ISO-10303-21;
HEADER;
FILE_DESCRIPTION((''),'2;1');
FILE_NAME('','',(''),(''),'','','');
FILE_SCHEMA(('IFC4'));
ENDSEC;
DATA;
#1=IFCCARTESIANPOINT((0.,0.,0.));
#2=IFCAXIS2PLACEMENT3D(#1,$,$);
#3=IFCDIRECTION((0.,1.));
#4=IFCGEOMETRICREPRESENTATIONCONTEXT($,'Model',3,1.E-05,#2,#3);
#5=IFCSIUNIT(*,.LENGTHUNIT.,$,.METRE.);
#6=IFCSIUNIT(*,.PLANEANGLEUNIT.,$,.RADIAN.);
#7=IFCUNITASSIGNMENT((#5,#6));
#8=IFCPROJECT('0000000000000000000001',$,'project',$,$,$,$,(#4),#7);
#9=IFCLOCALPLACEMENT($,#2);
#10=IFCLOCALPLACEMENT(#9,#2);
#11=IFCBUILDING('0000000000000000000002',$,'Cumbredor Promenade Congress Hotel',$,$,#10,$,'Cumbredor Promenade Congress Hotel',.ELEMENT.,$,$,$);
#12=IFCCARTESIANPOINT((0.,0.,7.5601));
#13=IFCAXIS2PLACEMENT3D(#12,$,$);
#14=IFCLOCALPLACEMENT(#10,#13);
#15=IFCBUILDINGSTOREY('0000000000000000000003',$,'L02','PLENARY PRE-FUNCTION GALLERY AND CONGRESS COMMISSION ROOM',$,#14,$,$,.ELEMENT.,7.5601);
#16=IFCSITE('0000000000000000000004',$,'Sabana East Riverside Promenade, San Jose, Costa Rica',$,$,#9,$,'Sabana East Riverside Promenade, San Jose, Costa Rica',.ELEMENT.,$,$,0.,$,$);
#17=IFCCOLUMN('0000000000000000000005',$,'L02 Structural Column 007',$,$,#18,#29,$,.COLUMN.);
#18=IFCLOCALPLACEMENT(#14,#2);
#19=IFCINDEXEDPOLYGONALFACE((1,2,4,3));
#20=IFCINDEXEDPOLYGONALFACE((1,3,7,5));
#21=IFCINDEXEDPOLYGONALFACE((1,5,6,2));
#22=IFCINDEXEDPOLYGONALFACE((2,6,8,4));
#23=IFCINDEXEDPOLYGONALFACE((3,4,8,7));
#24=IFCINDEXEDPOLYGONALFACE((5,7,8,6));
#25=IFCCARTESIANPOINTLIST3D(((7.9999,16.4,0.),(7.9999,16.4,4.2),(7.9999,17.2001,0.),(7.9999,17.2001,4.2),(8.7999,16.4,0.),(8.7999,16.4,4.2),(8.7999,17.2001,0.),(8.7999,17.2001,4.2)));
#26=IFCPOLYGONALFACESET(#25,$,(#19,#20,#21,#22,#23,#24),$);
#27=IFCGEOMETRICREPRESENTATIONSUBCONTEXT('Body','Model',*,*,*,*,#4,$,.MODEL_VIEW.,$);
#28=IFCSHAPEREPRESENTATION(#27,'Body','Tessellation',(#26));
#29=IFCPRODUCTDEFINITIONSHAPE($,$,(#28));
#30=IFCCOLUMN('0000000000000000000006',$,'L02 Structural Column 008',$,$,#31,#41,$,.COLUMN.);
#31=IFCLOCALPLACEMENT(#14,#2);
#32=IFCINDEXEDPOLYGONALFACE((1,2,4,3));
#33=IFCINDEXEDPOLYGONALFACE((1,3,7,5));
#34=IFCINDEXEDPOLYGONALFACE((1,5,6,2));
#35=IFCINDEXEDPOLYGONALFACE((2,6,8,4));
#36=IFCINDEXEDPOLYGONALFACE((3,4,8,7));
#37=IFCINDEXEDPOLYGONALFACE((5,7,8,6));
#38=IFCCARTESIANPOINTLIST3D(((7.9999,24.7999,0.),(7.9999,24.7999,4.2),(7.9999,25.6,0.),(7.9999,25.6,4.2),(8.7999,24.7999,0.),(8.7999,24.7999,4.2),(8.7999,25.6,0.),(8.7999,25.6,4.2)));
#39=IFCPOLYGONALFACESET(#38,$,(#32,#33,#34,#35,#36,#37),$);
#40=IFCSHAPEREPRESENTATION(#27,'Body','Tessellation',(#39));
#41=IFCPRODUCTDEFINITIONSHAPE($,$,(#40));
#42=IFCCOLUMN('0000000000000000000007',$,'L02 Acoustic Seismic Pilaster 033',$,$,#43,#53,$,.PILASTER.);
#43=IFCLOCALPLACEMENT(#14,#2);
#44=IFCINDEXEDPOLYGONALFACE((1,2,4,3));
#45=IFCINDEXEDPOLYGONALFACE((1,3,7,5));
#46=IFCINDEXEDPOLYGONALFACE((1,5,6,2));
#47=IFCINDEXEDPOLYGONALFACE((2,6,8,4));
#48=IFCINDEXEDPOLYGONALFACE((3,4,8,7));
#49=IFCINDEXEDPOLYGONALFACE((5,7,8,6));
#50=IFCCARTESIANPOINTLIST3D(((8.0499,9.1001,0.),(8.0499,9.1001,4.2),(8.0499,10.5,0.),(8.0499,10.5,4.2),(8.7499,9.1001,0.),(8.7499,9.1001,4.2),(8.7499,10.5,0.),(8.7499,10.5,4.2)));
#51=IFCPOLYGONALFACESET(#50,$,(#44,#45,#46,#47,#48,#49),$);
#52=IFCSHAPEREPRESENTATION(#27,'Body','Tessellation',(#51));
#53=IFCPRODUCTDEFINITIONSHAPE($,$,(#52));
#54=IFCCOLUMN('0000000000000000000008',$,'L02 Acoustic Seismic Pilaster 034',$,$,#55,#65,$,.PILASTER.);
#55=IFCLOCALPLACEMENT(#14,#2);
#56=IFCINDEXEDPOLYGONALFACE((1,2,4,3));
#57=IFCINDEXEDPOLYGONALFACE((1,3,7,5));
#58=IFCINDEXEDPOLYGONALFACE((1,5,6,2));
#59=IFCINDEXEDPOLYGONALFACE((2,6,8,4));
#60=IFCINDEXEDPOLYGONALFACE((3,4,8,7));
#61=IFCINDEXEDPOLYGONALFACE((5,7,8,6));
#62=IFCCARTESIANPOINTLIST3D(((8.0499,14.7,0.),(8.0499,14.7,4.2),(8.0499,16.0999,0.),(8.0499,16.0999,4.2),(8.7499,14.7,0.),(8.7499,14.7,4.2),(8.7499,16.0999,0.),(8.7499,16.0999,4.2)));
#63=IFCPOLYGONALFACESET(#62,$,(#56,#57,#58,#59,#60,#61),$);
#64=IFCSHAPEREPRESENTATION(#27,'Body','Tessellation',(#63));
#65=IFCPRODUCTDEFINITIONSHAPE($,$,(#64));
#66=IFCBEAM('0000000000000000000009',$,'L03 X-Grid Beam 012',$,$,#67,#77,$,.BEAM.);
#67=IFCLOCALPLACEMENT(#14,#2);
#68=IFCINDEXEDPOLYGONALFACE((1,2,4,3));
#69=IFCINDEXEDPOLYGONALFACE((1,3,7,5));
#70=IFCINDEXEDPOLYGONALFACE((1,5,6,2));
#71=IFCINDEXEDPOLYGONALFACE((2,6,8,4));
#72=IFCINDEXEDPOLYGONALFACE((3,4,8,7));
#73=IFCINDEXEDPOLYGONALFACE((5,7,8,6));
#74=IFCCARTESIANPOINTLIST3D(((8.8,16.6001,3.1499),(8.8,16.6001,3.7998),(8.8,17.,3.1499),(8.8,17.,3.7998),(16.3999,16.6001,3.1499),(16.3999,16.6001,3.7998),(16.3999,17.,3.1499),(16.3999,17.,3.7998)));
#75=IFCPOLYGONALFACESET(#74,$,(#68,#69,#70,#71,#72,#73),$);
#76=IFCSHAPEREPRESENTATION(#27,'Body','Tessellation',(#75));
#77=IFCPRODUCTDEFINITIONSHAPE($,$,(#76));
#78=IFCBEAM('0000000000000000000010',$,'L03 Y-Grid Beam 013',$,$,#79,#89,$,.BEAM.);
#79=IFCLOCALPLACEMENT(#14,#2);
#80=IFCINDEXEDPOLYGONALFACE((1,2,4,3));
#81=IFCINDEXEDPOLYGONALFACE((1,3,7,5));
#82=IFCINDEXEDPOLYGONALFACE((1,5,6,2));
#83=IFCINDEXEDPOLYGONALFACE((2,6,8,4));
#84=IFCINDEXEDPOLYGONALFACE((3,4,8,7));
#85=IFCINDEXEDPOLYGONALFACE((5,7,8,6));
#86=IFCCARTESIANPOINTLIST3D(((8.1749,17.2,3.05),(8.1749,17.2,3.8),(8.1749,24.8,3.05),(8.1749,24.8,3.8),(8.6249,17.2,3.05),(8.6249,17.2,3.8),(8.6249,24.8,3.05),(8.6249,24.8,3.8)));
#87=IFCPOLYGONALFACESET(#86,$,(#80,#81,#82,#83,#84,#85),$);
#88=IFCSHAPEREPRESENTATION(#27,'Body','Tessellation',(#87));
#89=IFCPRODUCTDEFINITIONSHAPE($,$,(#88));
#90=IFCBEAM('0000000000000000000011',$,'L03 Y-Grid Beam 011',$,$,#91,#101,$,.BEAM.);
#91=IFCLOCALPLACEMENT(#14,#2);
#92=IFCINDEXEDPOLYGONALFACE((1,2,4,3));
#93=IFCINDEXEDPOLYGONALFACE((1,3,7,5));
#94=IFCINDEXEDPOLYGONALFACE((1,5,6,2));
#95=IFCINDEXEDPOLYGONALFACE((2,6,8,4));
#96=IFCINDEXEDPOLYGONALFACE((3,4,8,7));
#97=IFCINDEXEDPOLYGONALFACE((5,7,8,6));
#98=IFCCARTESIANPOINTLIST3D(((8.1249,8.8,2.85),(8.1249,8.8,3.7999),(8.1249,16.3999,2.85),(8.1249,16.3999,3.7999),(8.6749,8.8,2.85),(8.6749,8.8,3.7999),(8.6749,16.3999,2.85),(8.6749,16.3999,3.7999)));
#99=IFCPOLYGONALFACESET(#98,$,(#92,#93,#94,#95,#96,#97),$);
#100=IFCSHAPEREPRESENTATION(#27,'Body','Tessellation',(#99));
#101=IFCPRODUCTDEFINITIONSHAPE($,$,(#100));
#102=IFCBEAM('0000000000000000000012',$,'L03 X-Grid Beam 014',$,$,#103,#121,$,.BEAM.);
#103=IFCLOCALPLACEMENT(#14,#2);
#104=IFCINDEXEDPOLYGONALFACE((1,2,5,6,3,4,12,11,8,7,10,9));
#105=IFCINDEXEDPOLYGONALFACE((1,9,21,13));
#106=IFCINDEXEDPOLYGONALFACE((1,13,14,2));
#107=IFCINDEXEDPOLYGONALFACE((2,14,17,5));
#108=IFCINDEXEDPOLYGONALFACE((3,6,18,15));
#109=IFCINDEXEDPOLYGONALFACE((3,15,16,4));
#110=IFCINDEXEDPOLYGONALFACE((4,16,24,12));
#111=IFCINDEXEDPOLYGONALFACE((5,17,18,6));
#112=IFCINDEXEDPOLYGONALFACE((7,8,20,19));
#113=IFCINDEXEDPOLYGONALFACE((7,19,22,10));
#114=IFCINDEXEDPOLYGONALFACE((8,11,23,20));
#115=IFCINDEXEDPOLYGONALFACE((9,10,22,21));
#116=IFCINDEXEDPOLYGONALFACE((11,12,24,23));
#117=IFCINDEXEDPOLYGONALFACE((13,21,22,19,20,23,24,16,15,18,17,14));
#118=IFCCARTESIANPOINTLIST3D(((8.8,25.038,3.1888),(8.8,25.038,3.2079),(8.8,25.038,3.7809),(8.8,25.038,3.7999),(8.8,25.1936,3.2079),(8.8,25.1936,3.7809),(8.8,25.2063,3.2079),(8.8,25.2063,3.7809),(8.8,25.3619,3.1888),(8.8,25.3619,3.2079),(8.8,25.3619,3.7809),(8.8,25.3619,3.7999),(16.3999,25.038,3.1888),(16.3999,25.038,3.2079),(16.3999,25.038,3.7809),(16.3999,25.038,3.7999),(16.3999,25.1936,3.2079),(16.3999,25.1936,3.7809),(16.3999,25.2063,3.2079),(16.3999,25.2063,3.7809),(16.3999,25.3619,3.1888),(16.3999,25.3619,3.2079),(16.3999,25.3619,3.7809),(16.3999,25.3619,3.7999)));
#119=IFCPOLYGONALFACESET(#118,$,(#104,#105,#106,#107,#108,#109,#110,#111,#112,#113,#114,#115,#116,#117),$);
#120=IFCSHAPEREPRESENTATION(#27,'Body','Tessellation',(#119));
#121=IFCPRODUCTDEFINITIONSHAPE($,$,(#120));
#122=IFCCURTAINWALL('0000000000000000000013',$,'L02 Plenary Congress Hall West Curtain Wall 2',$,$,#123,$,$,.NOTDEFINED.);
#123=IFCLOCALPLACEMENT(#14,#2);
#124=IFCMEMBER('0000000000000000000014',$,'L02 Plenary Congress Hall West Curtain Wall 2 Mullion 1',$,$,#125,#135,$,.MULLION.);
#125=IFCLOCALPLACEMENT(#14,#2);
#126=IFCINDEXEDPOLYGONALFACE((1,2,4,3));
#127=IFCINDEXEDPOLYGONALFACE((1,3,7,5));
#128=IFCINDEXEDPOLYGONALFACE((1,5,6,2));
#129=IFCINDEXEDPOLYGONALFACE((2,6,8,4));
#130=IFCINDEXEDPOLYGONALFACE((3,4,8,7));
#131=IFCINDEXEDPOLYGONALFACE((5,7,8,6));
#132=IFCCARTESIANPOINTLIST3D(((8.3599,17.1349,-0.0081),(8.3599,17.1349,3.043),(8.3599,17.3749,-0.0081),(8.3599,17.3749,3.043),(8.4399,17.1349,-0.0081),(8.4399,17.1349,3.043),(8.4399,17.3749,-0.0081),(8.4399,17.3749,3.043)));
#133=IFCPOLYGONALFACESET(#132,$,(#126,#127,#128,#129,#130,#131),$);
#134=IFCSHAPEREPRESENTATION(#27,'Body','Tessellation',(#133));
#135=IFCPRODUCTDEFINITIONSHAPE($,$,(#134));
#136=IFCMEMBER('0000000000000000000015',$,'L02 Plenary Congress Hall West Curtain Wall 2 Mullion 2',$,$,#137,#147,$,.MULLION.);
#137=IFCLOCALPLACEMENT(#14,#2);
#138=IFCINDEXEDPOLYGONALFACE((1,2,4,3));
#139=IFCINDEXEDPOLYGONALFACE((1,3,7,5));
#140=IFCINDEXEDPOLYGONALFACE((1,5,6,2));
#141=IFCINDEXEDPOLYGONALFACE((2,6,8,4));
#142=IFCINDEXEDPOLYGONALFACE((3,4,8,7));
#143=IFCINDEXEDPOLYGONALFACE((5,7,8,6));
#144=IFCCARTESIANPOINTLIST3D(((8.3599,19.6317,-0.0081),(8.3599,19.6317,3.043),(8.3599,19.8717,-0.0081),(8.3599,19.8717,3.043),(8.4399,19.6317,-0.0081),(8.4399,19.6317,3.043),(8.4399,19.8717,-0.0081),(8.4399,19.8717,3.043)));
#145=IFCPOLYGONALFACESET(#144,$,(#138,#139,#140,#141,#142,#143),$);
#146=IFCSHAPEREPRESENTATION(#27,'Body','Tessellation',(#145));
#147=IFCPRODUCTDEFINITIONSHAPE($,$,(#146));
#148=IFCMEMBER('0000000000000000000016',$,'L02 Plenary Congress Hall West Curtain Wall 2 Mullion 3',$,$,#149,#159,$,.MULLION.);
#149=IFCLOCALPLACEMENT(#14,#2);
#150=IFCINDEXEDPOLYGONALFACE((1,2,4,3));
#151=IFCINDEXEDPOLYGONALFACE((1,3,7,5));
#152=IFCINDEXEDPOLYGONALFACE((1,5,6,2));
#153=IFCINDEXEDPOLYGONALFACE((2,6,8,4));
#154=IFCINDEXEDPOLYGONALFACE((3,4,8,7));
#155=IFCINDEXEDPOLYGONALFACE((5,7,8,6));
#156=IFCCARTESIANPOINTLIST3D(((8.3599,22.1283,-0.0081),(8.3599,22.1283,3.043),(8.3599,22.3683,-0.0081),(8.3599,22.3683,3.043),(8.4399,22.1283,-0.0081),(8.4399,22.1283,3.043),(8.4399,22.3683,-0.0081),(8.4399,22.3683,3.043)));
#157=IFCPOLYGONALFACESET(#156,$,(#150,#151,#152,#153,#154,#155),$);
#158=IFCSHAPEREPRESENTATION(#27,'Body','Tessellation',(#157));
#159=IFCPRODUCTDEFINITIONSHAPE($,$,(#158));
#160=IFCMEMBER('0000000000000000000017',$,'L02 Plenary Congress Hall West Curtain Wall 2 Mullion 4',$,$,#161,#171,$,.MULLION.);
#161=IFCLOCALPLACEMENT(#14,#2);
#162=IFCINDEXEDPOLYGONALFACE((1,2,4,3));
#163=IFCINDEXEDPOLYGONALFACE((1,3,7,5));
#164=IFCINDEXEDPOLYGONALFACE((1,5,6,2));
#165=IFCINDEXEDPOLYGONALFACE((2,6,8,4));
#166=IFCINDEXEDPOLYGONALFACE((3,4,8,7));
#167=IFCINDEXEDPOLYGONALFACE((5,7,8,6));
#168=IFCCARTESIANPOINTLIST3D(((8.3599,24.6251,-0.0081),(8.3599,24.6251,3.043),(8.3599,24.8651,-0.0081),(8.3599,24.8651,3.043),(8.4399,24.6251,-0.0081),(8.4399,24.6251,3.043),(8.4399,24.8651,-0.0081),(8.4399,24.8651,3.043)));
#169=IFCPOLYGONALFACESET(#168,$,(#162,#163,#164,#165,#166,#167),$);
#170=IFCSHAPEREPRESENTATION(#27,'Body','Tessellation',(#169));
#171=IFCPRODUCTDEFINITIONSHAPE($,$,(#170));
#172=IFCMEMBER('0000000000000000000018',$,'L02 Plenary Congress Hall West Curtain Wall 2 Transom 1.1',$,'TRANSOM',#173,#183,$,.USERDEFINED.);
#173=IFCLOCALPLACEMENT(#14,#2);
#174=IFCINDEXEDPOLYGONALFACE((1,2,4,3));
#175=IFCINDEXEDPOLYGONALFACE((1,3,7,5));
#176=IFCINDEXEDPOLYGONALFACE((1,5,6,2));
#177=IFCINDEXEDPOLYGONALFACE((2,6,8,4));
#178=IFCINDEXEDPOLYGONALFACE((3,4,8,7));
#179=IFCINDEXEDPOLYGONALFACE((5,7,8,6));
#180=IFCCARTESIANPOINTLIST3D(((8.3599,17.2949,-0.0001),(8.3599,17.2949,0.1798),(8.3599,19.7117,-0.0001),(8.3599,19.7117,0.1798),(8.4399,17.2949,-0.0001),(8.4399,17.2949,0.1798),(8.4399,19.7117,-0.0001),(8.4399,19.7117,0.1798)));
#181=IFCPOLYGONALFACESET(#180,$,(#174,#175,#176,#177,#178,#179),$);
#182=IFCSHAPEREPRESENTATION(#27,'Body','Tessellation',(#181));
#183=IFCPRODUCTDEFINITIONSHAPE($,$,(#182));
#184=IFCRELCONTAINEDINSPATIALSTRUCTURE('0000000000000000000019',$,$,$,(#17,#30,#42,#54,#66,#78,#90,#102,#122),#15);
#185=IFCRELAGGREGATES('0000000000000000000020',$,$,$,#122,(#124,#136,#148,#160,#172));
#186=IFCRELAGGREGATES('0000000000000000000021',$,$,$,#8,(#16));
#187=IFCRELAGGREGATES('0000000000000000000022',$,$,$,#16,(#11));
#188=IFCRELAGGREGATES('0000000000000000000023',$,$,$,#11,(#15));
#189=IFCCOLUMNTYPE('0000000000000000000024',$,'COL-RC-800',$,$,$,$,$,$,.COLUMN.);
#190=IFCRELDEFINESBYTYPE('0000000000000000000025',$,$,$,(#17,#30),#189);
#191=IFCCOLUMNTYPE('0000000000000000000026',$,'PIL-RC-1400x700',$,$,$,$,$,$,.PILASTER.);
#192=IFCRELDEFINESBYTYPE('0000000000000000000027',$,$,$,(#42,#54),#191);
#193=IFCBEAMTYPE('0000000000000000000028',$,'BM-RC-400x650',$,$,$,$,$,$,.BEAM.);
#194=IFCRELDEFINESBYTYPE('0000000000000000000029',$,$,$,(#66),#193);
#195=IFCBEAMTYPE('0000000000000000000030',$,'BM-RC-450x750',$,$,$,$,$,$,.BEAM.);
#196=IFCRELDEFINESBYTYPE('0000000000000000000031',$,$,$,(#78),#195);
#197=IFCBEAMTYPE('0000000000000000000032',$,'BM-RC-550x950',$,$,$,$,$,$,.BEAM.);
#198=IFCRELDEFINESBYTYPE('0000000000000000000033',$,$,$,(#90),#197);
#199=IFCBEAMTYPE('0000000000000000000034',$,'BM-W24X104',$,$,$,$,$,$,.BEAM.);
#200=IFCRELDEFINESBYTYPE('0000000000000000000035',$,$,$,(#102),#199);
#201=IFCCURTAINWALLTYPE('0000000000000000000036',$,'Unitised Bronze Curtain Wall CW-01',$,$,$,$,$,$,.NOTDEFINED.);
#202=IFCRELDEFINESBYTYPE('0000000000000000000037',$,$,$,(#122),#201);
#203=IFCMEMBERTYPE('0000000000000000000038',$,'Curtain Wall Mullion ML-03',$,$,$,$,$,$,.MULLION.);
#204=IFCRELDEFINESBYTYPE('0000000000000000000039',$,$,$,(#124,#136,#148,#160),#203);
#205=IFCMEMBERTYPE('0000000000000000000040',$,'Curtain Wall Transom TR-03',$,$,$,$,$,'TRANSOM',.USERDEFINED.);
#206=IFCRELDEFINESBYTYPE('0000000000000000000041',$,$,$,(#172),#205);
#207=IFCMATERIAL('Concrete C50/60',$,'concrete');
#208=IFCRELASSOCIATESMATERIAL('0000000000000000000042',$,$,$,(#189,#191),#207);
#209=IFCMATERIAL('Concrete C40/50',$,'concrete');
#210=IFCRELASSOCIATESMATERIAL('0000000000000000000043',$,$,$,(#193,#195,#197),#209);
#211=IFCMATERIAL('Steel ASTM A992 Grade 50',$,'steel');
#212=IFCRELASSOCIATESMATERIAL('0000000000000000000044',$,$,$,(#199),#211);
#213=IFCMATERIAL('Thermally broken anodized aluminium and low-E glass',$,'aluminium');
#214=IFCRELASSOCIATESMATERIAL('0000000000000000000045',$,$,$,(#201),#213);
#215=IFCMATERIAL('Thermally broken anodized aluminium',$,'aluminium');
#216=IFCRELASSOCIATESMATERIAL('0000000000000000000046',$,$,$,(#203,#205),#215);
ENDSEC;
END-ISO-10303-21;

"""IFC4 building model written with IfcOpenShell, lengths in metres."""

from ifc_helpers import new_model, si_unit, direction, frame, origin, origin_2d, place, context, subcontext, project, spatial, rectangle, i_section, extrude, material, material_profile, profile_set, type_object, element, aggregate, save


model = new_model("IFC4")

# Units and contexts
model_context = context("Model", 3, precision=1e-05, world=origin(), true_north=direction((0.0, 1.0)))
body_context = subcontext(model_context, "Body", "Model", "MODEL_VIEW")
ifc_project = project(units=[si_unit("LENGTHUNIT", "METRE"), si_unit("PLANEANGLEUNIT", "RADIAN")], contexts=[model_context])

# Site, building, storey
site_placement = place(None, origin())
site = spatial("IfcSite", under=ifc_project, at=site_placement, Name="Sabana East Riverside Promenade, San Jose, Costa Rica", LongName="Sabana East Riverside Promenade, San Jose, Costa Rica", CompositionType="ELEMENT", RefElevation=0.0)
building_placement = place(site_placement, origin())
building = spatial("IfcBuilding", under=site, at=building_placement, Name="Cumbredor Promenade Congress Hotel", LongName="Cumbredor Promenade Congress Hotel", CompositionType="ELEMENT")
storey_placement = place(building_placement, frame((0.0, 0.0, 7.5601)))
storey = spatial("IfcBuildingStorey", under=building, at=storey_placement, Name="L02", Description="PLENARY PRE-FUNCTION GALLERY AND CONGRESS COMMISSION ROOM", CompositionType="ELEMENT", Elevation=7.5601)

# Columns
ifc_material_1 = material(Name="Concrete C50/60", Category="concrete")
ifc_material_profile_1 = material_profile(ifc_material_1, rectangle(XDim=0.8, YDim=0.8, at=origin_2d()), Name="RC 800x800")
ifc_profile_set_1 = profile_set([ifc_material_profile_1], Name="Concrete C50/60")
column_type_1 = type_object("IfcColumnType", Name="COL-RC-800", PredefinedType="COLUMN", material=ifc_profile_set_1)
for number, where, z_axis, x_axis, name in (
    (1, (8.3999, 16.8, 0.0), (0.0, 0.0, 1.0), (1.0, 0.0, 0.0), "L02 Structural Column 007"),
    (2, (8.3999, 25.2, 0.0), (0.0, 0.0, 1.0), (1.0, 0.0, 0.0), "L02 Structural Column 008"),
):
    element("IfcColumn", number, at=place(storey_placement, frame(where, z_axis=z_axis, x_axis=x_axis)), inside=storey, type_object=column_type_1, Name=name, PredefinedType="COLUMN", context=body_context, shape_type="SweptSolid", body=[
        extrude(rectangle(XDim=0.8, YDim=0.8, at=origin_2d()), origin(), (0.0, 0.0, 1.0), 4.2),
    ])
ifc_material_profile_2 = material_profile(ifc_material_1, rectangle(XDim=0.7, YDim=1.3999, at=origin_2d()), Name="RC PILASTER 1400x700")
ifc_profile_set_2 = profile_set([ifc_material_profile_2], Name="Concrete C50/60")
column_type_2 = type_object("IfcColumnType", Name="PIL-RC-1400x700", PredefinedType="PILASTER", material=ifc_profile_set_2)
for number, where, z_axis, x_axis, name in (
    (3, (8.3999, 9.8, 0.0), (0.0, 0.0, 1.0), (1.0, 0.0, 0.0), "L02 Acoustic Seismic Pilaster 033"),
    (4, (8.3999, 15.3999, 0.0), (0.0, 0.0, 1.0), (1.0, 0.0, 0.0), "L02 Acoustic Seismic Pilaster 034"),
):
    element("IfcColumn", number, at=place(storey_placement, frame(where, z_axis=z_axis, x_axis=x_axis)), inside=storey, type_object=column_type_2, Name=name, PredefinedType="PILASTER", context=body_context, shape_type="SweptSolid", body=[
        extrude(rectangle(XDim=0.7, YDim=1.3999, at=origin_2d()), origin(), (0.0, 0.0, 1.0), 4.2),
    ])

# Beams
ifc_material_2 = material(Name="Concrete C40/50", Category="concrete")
ifc_material_profile_3 = material_profile(ifc_material_2, rectangle(XDim=0.3999, YDim=0.6499, at=origin_2d()), Name="RC BEAM 400x650")
ifc_profile_set_3 = profile_set([ifc_material_profile_3], Name="Concrete C40/50")
beam_type_1 = type_object("IfcBeamType", Name="BM-RC-400x650", PredefinedType="BEAM", material=ifc_profile_set_3)
beam_1_placement = place(storey_placement, frame((8.8, 16.8, 3.4749), z_axis=(1.0, 0.0, 0.0), x_axis=(0.0, 1.0, 0.0)))
element("IfcBeam", 5, at=beam_1_placement, inside=storey, type_object=beam_type_1, Name="L03 X-Grid Beam 012", PredefinedType="BEAM", context=body_context, shape_type="SweptSolid", body=[
    extrude(rectangle(XDim=0.3999, YDim=0.6499, at=origin_2d()), origin(), (0.0, 0.0, 1.0), 7.5999),
])
ifc_material_profile_4 = material_profile(ifc_material_2, rectangle(XDim=0.45, YDim=0.75, at=origin_2d()), Name="RC BEAM 450x750")
ifc_profile_set_4 = profile_set([ifc_material_profile_4], Name="Concrete C40/50")
beam_type_2 = type_object("IfcBeamType", Name="BM-RC-450x750", PredefinedType="BEAM", material=ifc_profile_set_4)
beam_2_placement = place(storey_placement, frame((8.3999, 17.2, 3.425), z_axis=(0.0, 1.0, 0.0), x_axis=(-1.0, 0.0, 0.0)))
element("IfcBeam", 6, at=beam_2_placement, inside=storey, type_object=beam_type_2, Name="L03 Y-Grid Beam 013", PredefinedType="BEAM", context=body_context, shape_type="SweptSolid", body=[
    extrude(rectangle(XDim=0.45, YDim=0.75, at=origin_2d()), origin(), (0.0, 0.0, 1.0), 7.6001),
])
ifc_material_profile_5 = material_profile(ifc_material_2, rectangle(XDim=0.55, YDim=0.95, at=origin_2d()), Name="RC BEAM 550x950")
ifc_profile_set_5 = profile_set([ifc_material_profile_5], Name="Concrete C40/50")
beam_type_3 = type_object("IfcBeamType", Name="BM-RC-550x950", PredefinedType="BEAM", material=ifc_profile_set_5)
beam_3_placement = place(storey_placement, frame((8.3999, 8.8, 3.325), z_axis=(0.0, 1.0, 0.0), x_axis=(-1.0, 0.0, 0.0)))
element("IfcBeam", 7, at=beam_3_placement, inside=storey, type_object=beam_type_3, Name="L03 Y-Grid Beam 011", PredefinedType="BEAM", context=body_context, shape_type="SweptSolid", body=[
    extrude(rectangle(XDim=0.55, YDim=0.95, at=origin_2d()), origin(), (0.0, 0.0, 1.0), 7.5999),
])
ifc_material_3 = material(Name="Steel ASTM A992 Grade 50", Category="steel")
ifc_material_profile_6 = material_profile(ifc_material_3, i_section(OverallWidth=0.324, OverallDepth=0.6111, WebThickness=0.0127, FlangeThickness=0.019, at=origin_2d()), Name="W24X104")
ifc_profile_set_6 = profile_set([ifc_material_profile_6], Name="Steel ASTM A992 Grade 50")
beam_type_4 = type_object("IfcBeamType", Name="BM-W24X104", PredefinedType="BEAM", material=ifc_profile_set_6)
beam_4_placement = place(storey_placement, frame((8.8, 25.2, 3.4944), z_axis=(1.0, 0.0, 0.0), x_axis=(0.0, 1.0, 0.0)))
element("IfcBeam", 8, at=beam_4_placement, inside=storey, type_object=beam_type_4, Name="L03 X-Grid Beam 014", PredefinedType="BEAM", context=body_context, shape_type="SweptSolid", body=[
    extrude(i_section(OverallWidth=0.324, OverallDepth=0.6111, WebThickness=0.0127, FlangeThickness=0.019, at=origin_2d()), origin(), (0.0, 0.0, 1.0), 7.5999),
])

# Curtain wall, members
ifc_material_4 = material(Name="Thermally broken anodized aluminium and low-E glass", Category="aluminium")
curtain_wall_type = type_object("IfcCurtainWallType", Name="Unitised Bronze Curtain Wall CW-01", PredefinedType="NOTDEFINED", material=ifc_material_4)
curtain_wall_placement = place(storey_placement, origin())
curtain_wall = element("IfcCurtainWall", 9, at=curtain_wall_placement, inside=storey, type_object=curtain_wall_type, Name="L02 Plenary Congress Hall West Curtain Wall 2", PredefinedType="NOTDEFINED")
ifc_material_5 = material(Name="Thermally broken anodized aluminium", Category="aluminium")
ifc_material_profile_7 = material_profile(ifc_material_5, rectangle(XDim=0.0801, YDim=0.24, at=origin_2d()), Name="ALU MULLION 80x240")
ifc_profile_set_7 = profile_set([ifc_material_profile_7], Name="Thermally broken anodized aluminium")
member_type_1 = type_object("IfcMemberType", Name="Curtain Wall Mullion ML-03", PredefinedType="MULLION", material=ifc_profile_set_7)
member_1_placement = place(storey_placement, frame((8.3999, 17.2549, -0.0081), z_axis=(0.0, 0.0, 1.0), x_axis=(1.0, 0.0, 0.0)))
member_1 = element("IfcMember", 10, at=member_1_placement, type_object=member_type_1, Name="L02 Plenary Congress Hall West Curtain Wall 2 Mullion 1", PredefinedType="MULLION", context=body_context, shape_type="SweptSolid", body=[
    extrude(rectangle(XDim=0.0801, YDim=0.24, at=origin_2d()), origin(), (0.0, 0.0, 1.0), 3.051),
])
member_2_placement = place(storey_placement, frame((8.3999, 19.7517, -0.0081), z_axis=(0.0, 0.0, 1.0), x_axis=(1.0, 0.0, 0.0)))
member_2 = element("IfcMember", 11, at=member_2_placement, type_object=member_type_1, Name="L02 Plenary Congress Hall West Curtain Wall 2 Mullion 2", PredefinedType="MULLION", context=body_context, shape_type="SweptSolid", body=[
    extrude(rectangle(XDim=0.0801, YDim=0.24, at=origin_2d()), origin(), (0.0, 0.0, 1.0), 3.051),
])
member_3_placement = place(storey_placement, frame((8.3999, 22.2483, -0.0081), z_axis=(0.0, 0.0, 1.0), x_axis=(1.0, 0.0, 0.0)))
member_3 = element("IfcMember", 12, at=member_3_placement, type_object=member_type_1, Name="L02 Plenary Congress Hall West Curtain Wall 2 Mullion 3", PredefinedType="MULLION", context=body_context, shape_type="SweptSolid", body=[
    extrude(rectangle(XDim=0.0801, YDim=0.24, at=origin_2d()), origin(), (0.0, 0.0, 1.0), 3.051),
])
member_4_placement = place(storey_placement, frame((8.3999, 24.7451, -0.0081), z_axis=(0.0, 0.0, 1.0), x_axis=(1.0, 0.0, 0.0)))
member_4 = element("IfcMember", 13, at=member_4_placement, type_object=member_type_1, Name="L02 Plenary Congress Hall West Curtain Wall 2 Mullion 4", PredefinedType="MULLION", context=body_context, shape_type="SweptSolid", body=[
    extrude(rectangle(XDim=0.0801, YDim=0.24, at=origin_2d()), origin(), (0.0, 0.0, 1.0), 3.051),
])
ifc_material_profile_8 = material_profile(ifc_material_5, rectangle(XDim=0.0801, YDim=0.1799, at=origin_2d()), Name="ALU TRANSOM 80x180")
ifc_profile_set_8 = profile_set([ifc_material_profile_8], Name="Thermally broken anodized aluminium")
member_type_2 = type_object("IfcMemberType", Name="Curtain Wall Transom TR-03", ElementType="TRANSOM", PredefinedType="USERDEFINED", material=ifc_profile_set_8)
member_5_placement = place(storey_placement, frame((8.3999, 17.2949, 0.0898), z_axis=(0.0, 1.0, 0.0), x_axis=(-1.0, 0.0, 0.0)))
member_5 = element("IfcMember", 14, at=member_5_placement, type_object=member_type_2, Name="L02 Plenary Congress Hall West Curtain Wall 2 Transom 1.1", ObjectType="TRANSOM", PredefinedType="USERDEFINED", context=body_context, shape_type="SweptSolid", body=[
    extrude(rectangle(XDim=0.0801, YDim=0.1799, at=origin_2d()), origin(), (0.0, 0.0, 1.0), 2.4167),
])

aggregate(curtain_wall, [member_1, member_2, member_3, member_4, member_5])

save(model, "model.ifc")
